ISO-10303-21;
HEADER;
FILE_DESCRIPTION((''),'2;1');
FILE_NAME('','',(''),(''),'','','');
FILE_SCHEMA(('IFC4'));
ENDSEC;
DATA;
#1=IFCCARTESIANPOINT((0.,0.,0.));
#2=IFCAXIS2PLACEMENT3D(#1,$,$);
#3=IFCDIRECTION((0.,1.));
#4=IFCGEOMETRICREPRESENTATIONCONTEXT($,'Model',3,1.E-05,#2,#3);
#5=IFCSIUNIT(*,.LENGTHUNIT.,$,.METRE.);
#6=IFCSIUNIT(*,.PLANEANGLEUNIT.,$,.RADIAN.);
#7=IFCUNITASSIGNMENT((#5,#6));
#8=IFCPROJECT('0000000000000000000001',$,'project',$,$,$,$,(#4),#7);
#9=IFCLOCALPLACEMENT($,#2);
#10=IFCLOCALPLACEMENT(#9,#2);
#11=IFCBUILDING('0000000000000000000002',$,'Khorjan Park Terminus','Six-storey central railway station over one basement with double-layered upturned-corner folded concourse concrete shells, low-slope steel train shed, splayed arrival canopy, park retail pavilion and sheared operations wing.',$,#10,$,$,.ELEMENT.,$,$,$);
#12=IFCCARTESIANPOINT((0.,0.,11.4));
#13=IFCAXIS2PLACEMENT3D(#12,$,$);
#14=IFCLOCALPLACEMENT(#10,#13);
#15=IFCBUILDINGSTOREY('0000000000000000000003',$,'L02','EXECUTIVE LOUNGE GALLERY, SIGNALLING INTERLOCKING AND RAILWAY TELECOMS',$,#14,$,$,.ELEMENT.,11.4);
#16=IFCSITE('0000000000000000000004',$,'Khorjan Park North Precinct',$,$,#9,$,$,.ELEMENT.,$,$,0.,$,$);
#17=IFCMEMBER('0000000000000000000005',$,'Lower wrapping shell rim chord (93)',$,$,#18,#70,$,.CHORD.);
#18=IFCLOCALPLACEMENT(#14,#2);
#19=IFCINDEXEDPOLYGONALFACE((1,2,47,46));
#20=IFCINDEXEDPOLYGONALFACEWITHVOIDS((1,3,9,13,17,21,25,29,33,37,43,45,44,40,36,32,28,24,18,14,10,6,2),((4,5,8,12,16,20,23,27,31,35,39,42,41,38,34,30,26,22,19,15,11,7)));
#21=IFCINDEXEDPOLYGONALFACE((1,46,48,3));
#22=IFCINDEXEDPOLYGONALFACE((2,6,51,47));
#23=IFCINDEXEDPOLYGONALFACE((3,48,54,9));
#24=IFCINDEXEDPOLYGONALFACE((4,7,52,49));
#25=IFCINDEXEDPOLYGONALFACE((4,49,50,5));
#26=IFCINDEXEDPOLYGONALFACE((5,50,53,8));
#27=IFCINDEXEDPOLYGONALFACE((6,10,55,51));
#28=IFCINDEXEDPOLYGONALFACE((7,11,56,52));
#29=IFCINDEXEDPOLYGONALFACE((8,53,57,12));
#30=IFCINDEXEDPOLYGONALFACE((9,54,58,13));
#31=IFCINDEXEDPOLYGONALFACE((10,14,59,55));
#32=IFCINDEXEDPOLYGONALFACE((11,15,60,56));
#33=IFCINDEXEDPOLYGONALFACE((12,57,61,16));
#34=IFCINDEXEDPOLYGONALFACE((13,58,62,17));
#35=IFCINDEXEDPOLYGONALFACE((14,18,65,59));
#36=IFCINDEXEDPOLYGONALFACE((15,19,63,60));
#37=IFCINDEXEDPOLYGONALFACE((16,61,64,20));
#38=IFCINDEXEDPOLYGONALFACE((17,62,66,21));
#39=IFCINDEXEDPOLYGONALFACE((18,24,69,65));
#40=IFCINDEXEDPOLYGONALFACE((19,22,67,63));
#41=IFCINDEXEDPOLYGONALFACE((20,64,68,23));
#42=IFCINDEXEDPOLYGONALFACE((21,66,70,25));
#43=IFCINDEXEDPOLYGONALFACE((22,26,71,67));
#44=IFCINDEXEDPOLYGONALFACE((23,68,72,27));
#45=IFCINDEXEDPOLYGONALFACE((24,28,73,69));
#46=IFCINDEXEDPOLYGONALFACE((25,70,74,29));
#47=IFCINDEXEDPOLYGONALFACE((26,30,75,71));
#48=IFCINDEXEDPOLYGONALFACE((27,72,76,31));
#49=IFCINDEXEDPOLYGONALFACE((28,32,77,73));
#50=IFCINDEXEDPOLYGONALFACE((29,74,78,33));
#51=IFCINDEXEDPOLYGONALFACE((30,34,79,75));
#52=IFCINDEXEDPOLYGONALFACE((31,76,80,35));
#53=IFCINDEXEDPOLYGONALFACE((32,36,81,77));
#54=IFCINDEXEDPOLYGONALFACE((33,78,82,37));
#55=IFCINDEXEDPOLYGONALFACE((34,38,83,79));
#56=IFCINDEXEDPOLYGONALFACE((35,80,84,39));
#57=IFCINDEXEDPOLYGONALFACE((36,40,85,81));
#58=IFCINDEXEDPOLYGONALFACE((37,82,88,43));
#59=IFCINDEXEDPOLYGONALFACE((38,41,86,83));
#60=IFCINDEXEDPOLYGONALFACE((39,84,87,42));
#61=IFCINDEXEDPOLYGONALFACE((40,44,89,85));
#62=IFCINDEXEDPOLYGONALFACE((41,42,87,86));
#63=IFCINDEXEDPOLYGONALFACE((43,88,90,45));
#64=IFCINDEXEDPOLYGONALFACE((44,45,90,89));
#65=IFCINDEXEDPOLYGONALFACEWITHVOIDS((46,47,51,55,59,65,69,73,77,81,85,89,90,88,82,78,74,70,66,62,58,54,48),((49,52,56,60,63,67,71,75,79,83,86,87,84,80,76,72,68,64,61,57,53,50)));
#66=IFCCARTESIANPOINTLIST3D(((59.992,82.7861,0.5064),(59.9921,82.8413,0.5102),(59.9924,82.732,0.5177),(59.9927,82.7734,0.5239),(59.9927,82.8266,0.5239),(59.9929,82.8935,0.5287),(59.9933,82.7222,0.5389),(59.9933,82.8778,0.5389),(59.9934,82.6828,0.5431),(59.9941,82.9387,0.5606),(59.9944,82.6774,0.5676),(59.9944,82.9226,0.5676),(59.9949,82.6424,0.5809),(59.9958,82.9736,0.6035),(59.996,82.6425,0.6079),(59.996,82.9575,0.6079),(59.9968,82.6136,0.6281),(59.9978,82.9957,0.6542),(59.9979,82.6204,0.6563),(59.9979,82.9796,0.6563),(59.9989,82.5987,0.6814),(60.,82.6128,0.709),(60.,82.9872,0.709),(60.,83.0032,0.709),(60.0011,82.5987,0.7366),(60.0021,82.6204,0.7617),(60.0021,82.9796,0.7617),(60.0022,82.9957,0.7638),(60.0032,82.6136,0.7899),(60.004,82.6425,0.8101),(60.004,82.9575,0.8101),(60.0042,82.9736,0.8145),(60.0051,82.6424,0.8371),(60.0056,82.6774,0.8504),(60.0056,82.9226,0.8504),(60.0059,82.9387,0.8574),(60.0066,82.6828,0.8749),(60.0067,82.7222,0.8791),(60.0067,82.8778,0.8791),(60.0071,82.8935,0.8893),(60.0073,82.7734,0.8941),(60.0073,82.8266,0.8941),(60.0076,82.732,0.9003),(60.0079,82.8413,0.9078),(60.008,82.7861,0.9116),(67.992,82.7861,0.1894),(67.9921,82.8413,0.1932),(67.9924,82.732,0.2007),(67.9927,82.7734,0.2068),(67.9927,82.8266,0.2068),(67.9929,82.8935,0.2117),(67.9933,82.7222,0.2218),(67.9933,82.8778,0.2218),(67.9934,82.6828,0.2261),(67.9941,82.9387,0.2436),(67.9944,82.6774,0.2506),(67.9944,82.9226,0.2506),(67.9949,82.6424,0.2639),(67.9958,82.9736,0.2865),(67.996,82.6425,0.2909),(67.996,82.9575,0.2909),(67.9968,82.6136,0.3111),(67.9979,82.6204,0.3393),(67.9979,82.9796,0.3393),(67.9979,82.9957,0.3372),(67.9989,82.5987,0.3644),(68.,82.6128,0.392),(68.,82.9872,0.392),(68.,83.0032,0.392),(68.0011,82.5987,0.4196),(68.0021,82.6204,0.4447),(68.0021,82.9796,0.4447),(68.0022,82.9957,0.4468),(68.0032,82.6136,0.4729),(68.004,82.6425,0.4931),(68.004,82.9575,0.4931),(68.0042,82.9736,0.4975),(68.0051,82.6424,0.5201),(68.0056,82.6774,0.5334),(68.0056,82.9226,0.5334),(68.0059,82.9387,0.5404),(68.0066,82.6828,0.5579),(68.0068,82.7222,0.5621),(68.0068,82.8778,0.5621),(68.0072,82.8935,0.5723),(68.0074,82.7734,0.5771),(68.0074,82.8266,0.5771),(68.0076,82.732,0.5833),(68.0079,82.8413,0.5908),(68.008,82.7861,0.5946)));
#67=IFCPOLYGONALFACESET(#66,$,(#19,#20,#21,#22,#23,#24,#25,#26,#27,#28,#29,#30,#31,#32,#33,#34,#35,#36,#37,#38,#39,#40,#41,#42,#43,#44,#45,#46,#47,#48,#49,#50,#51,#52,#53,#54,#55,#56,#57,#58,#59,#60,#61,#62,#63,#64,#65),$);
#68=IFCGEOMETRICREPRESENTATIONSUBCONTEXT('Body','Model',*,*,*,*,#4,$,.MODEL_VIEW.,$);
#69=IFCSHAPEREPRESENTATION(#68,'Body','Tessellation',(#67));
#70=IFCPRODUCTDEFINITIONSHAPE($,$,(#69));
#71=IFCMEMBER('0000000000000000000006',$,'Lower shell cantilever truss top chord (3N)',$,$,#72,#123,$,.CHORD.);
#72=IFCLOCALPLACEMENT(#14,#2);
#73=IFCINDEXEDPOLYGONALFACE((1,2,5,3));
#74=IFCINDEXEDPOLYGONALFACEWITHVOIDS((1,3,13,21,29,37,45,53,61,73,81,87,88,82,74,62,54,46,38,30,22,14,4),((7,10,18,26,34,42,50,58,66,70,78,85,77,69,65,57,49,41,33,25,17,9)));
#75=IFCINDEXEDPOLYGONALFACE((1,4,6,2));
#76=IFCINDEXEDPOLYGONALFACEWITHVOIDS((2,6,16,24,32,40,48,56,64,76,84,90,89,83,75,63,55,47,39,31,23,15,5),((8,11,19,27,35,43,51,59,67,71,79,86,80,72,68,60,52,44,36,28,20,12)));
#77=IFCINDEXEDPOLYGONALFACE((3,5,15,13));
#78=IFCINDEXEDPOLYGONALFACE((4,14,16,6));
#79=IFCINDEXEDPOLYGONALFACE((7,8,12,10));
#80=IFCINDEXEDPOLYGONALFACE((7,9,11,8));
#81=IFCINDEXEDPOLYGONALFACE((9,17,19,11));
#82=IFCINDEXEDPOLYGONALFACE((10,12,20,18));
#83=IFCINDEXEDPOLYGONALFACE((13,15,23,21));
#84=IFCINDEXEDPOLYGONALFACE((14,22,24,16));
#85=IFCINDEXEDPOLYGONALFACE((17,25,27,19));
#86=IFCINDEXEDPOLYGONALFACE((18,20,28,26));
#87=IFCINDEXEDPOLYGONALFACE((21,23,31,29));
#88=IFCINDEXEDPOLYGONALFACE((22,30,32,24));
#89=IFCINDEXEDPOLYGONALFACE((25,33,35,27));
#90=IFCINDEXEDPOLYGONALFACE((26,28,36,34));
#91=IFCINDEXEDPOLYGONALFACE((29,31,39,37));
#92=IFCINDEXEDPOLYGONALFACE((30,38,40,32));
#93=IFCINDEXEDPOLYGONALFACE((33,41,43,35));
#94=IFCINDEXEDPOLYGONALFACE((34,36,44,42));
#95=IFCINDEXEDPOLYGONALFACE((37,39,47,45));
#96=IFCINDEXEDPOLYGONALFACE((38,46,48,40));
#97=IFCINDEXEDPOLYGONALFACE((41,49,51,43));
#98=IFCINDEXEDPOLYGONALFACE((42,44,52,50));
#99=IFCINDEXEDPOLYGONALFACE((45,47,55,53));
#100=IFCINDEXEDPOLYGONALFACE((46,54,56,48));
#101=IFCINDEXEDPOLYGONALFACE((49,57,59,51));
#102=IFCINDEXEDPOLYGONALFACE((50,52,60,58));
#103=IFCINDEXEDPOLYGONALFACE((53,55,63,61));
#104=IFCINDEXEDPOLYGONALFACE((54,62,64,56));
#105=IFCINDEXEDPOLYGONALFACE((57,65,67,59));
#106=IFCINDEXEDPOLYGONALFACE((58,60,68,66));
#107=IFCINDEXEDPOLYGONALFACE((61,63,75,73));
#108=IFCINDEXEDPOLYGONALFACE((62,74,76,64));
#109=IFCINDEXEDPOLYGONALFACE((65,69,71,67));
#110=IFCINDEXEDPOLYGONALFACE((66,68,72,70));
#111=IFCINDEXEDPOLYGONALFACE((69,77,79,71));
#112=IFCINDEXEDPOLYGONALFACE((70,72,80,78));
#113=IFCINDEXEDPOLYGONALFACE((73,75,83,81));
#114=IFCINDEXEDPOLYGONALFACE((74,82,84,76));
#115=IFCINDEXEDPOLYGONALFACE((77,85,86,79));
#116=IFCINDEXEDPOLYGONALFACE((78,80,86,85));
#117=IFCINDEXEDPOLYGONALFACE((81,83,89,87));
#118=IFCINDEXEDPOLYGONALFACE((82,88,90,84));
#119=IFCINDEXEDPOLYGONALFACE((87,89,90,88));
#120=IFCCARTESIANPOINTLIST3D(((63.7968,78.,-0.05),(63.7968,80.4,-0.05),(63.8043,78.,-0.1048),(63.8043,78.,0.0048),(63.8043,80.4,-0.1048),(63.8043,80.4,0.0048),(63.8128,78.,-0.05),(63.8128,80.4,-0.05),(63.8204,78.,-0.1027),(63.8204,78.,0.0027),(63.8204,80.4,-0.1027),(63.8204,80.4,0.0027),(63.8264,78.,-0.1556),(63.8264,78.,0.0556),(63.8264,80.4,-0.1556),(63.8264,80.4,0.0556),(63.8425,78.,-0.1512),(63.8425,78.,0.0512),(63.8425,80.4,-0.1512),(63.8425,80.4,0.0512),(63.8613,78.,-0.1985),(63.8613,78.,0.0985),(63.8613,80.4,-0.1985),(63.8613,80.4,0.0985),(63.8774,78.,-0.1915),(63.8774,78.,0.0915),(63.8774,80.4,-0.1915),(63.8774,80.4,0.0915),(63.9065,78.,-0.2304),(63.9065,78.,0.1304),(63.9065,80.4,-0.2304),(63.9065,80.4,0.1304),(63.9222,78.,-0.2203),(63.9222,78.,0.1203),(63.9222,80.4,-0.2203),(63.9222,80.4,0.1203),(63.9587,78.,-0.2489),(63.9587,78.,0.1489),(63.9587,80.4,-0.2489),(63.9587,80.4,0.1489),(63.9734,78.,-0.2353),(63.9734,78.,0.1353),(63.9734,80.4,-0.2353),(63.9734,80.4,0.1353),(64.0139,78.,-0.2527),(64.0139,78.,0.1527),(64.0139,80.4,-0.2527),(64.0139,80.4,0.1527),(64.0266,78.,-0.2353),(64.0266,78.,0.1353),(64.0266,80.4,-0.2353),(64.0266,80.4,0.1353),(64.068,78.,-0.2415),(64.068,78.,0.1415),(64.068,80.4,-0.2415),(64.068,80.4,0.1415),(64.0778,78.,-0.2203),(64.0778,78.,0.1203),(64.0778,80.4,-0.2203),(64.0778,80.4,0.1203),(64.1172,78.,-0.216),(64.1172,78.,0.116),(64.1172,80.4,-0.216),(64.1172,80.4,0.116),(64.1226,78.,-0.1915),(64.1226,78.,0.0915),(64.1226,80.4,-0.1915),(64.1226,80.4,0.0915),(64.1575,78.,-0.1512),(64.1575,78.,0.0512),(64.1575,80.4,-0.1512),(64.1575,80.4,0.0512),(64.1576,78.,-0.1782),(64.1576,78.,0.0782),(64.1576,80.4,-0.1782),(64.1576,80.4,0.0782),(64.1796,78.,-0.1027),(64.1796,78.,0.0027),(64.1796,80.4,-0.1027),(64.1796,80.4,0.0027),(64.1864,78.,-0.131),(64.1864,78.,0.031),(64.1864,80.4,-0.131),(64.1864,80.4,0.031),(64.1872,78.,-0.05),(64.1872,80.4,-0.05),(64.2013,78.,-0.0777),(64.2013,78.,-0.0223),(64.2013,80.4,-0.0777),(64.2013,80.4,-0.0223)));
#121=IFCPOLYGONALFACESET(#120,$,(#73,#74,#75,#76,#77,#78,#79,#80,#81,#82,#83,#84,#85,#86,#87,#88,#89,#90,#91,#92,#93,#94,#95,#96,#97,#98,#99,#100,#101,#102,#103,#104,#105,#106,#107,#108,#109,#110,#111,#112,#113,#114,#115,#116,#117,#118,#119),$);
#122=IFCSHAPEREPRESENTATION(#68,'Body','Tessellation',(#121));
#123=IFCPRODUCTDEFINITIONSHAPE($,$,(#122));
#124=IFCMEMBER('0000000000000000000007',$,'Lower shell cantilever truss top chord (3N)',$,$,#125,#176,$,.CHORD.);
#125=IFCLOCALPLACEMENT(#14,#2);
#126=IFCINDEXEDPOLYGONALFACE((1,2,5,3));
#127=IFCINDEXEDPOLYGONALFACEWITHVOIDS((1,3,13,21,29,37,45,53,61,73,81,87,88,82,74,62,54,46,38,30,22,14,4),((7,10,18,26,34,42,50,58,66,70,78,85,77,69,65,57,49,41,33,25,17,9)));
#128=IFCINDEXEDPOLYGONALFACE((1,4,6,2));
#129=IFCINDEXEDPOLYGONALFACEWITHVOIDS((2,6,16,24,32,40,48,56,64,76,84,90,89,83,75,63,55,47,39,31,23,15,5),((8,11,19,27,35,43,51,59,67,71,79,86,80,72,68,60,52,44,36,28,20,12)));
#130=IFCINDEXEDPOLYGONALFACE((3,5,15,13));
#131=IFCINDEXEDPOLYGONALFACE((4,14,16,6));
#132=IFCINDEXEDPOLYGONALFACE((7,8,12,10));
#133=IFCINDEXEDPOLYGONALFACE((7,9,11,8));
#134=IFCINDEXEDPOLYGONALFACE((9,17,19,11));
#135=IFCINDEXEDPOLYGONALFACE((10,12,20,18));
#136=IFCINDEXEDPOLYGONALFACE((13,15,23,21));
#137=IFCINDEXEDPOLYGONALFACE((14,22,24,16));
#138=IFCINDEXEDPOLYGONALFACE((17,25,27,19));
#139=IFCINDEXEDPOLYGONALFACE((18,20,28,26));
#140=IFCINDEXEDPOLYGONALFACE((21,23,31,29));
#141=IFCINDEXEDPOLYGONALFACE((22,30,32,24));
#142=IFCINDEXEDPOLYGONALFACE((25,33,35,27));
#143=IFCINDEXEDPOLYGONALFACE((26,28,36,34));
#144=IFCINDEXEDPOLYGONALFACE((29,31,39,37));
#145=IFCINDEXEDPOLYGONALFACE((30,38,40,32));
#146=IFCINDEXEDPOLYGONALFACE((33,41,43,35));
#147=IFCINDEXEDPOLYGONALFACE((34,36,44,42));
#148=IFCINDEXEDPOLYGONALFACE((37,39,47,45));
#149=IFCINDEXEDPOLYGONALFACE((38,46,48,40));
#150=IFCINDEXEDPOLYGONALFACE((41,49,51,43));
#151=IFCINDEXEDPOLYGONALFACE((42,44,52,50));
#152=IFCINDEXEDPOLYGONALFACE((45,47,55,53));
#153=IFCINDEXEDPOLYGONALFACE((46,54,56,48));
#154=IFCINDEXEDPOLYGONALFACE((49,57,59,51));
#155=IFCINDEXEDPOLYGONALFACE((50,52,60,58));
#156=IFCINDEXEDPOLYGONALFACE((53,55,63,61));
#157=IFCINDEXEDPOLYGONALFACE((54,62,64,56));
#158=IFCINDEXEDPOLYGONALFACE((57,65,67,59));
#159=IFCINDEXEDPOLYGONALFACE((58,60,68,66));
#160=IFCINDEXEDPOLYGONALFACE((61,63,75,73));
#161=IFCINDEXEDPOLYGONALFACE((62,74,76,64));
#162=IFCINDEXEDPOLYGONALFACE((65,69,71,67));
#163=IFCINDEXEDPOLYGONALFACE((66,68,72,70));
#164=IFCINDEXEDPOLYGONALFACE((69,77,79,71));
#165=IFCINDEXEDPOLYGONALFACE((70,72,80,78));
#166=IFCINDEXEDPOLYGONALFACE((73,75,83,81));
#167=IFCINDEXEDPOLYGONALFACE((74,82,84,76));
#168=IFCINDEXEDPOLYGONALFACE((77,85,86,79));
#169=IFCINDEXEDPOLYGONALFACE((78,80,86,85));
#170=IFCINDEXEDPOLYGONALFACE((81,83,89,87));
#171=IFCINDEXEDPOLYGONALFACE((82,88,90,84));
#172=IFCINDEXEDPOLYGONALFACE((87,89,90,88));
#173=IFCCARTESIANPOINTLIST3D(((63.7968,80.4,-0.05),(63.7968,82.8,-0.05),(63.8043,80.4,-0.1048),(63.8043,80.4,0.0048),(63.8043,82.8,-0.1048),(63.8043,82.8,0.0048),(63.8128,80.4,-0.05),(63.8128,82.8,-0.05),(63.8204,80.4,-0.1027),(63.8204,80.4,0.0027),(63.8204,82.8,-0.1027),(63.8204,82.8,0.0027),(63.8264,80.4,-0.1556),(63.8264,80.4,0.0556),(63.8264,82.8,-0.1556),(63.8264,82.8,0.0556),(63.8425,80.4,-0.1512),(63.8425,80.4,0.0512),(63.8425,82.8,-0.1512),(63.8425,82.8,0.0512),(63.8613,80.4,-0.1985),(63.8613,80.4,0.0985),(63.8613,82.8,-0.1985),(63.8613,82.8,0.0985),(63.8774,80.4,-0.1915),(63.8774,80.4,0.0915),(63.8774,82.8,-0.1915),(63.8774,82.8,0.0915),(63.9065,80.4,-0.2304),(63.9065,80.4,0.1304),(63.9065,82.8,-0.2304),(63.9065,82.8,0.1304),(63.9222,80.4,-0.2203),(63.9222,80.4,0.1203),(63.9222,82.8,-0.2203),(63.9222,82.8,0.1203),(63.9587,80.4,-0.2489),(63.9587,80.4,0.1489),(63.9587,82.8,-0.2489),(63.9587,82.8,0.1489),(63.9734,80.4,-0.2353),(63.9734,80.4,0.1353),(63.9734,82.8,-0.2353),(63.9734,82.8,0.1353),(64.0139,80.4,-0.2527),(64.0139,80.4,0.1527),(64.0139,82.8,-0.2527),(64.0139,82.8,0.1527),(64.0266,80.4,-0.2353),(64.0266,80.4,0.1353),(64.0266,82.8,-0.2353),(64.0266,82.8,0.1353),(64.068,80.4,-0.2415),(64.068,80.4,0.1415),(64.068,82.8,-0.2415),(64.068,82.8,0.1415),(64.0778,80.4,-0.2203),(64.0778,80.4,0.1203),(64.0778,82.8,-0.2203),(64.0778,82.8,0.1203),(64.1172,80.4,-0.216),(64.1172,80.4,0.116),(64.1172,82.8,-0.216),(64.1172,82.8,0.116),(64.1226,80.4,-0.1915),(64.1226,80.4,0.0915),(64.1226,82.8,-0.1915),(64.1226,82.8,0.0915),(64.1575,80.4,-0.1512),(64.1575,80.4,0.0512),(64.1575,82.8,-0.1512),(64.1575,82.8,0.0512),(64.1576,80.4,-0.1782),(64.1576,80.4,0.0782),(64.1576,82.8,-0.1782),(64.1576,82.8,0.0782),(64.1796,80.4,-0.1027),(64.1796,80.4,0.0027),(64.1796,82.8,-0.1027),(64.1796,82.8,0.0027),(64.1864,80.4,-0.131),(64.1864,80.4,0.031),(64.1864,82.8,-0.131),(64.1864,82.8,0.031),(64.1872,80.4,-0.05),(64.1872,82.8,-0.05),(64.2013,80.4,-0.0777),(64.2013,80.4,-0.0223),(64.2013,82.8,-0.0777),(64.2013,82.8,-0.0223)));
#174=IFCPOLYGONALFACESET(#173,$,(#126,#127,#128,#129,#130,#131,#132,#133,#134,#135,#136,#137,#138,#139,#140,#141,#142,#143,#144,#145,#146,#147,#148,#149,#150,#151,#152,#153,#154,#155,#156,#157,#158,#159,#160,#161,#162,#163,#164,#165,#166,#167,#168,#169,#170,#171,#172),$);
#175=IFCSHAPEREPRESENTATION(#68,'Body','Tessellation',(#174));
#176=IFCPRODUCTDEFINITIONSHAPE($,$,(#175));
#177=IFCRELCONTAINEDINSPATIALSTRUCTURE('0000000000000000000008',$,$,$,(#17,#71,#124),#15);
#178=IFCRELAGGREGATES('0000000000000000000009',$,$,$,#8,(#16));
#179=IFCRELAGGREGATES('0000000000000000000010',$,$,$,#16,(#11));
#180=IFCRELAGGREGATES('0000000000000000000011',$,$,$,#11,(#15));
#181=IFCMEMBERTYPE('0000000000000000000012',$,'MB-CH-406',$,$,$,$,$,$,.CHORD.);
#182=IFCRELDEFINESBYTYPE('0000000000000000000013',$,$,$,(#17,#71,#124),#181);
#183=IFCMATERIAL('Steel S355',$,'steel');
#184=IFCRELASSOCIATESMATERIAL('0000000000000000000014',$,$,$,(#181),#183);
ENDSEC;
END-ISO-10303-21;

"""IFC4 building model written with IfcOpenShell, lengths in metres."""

from ifc_helpers import new_model, si_unit, direction, frame, origin, origin_2d, place, context, subcontext, project, spatial, hollow_circle, extrude, material, material_profile, profile_set, type_object, element, save


model = new_model("IFC4")

# Units and contexts
model_context = context("Model", 3, precision=1e-05, world=origin(), true_north=direction((0.0, 1.0)))
body_context = subcontext(model_context, "Body", "Model", "MODEL_VIEW")
ifc_project = project(units=[si_unit("LENGTHUNIT", "METRE"), si_unit("PLANEANGLEUNIT", "RADIAN")], contexts=[model_context])

# Site, building, storey
site_placement = place(None, origin())
site = spatial("IfcSite", under=ifc_project, at=site_placement, Name="Khorjan Park North Precinct", CompositionType="ELEMENT", RefElevation=0.0)
building_placement = place(site_placement, origin())
building = spatial("IfcBuilding", under=site, at=building_placement, Name="Khorjan Park Terminus", Description="Six-storey central railway station over one basement with double-layered upturned-corner folded concourse concrete shells, low-slope steel train shed, splayed arrival canopy, park retail pavilion and sheared operations wing.", CompositionType="ELEMENT")
storey_placement = place(building_placement, frame((0.0, 0.0, 11.4)))
storey = spatial("IfcBuildingStorey", under=building, at=storey_placement, Name="L02", Description="EXECUTIVE LOUNGE GALLERY, SIGNALLING INTERLOCKING AND RAILWAY TELECOMS", CompositionType="ELEMENT", Elevation=11.4)

# Shared definitions
ifc_material_1 = material(Name="Steel S355", Category="steel")

# Members
ifc_material_profile_1 = material_profile(ifc_material_1, hollow_circle(Radius=0.2032, WallThickness=0.016, at=origin_2d()), Name="CHS 406.4x16")
ifc_profile_set_1 = profile_set([ifc_material_profile_1], Name="Steel S355")
member_type_1 = type_object("IfcMemberType", Name="MB-CH-406", PredefinedType="CHORD", material=ifc_profile_set_1)
member_1_placement = place(storey_placement, frame((60.0, 82.8, 0.709), z_axis=(0.999216, 0.0, -0.039594), x_axis=(0.0, 1.0, 0.0)))
element("IfcMember", 1, at=member_1_placement, inside=storey, type_object=member_type_1, Name="Lower wrapping shell rim chord (93)", PredefinedType="CHORD", context=body_context, shape_type="SweptSolid", body=[
    extrude(hollow_circle(Radius=0.2032, WallThickness=0.016, at=origin_2d()), origin(), (0.0, 0.0, 1.0), 8.0063),
])
for number, where, z_axis, x_axis, name in (
    (2, (64.0, 78.0, -0.05), (0.0, 1.0, 0.0), (-1.0, 0.0, 0.0), "Lower shell cantilever truss top chord (3N)"),
    (3, (64.0, 80.4, -0.05), (0.0, 1.0, 0.0), (-1.0, 0.0, 0.0), "Lower shell cantilever truss top chord (3N)"),
):
    element("IfcMember", number, at=place(storey_placement, frame(where, z_axis=z_axis, x_axis=x_axis)), inside=storey, type_object=member_type_1, Name=name, PredefinedType="CHORD", context=body_context, shape_type="SweptSolid", body=[
        extrude(hollow_circle(Radius=0.2032, WallThickness=0.016, at=origin_2d()), origin(), (0.0, 0.0, 1.0), 2.4),
    ])

save(model, "model.ifc")
